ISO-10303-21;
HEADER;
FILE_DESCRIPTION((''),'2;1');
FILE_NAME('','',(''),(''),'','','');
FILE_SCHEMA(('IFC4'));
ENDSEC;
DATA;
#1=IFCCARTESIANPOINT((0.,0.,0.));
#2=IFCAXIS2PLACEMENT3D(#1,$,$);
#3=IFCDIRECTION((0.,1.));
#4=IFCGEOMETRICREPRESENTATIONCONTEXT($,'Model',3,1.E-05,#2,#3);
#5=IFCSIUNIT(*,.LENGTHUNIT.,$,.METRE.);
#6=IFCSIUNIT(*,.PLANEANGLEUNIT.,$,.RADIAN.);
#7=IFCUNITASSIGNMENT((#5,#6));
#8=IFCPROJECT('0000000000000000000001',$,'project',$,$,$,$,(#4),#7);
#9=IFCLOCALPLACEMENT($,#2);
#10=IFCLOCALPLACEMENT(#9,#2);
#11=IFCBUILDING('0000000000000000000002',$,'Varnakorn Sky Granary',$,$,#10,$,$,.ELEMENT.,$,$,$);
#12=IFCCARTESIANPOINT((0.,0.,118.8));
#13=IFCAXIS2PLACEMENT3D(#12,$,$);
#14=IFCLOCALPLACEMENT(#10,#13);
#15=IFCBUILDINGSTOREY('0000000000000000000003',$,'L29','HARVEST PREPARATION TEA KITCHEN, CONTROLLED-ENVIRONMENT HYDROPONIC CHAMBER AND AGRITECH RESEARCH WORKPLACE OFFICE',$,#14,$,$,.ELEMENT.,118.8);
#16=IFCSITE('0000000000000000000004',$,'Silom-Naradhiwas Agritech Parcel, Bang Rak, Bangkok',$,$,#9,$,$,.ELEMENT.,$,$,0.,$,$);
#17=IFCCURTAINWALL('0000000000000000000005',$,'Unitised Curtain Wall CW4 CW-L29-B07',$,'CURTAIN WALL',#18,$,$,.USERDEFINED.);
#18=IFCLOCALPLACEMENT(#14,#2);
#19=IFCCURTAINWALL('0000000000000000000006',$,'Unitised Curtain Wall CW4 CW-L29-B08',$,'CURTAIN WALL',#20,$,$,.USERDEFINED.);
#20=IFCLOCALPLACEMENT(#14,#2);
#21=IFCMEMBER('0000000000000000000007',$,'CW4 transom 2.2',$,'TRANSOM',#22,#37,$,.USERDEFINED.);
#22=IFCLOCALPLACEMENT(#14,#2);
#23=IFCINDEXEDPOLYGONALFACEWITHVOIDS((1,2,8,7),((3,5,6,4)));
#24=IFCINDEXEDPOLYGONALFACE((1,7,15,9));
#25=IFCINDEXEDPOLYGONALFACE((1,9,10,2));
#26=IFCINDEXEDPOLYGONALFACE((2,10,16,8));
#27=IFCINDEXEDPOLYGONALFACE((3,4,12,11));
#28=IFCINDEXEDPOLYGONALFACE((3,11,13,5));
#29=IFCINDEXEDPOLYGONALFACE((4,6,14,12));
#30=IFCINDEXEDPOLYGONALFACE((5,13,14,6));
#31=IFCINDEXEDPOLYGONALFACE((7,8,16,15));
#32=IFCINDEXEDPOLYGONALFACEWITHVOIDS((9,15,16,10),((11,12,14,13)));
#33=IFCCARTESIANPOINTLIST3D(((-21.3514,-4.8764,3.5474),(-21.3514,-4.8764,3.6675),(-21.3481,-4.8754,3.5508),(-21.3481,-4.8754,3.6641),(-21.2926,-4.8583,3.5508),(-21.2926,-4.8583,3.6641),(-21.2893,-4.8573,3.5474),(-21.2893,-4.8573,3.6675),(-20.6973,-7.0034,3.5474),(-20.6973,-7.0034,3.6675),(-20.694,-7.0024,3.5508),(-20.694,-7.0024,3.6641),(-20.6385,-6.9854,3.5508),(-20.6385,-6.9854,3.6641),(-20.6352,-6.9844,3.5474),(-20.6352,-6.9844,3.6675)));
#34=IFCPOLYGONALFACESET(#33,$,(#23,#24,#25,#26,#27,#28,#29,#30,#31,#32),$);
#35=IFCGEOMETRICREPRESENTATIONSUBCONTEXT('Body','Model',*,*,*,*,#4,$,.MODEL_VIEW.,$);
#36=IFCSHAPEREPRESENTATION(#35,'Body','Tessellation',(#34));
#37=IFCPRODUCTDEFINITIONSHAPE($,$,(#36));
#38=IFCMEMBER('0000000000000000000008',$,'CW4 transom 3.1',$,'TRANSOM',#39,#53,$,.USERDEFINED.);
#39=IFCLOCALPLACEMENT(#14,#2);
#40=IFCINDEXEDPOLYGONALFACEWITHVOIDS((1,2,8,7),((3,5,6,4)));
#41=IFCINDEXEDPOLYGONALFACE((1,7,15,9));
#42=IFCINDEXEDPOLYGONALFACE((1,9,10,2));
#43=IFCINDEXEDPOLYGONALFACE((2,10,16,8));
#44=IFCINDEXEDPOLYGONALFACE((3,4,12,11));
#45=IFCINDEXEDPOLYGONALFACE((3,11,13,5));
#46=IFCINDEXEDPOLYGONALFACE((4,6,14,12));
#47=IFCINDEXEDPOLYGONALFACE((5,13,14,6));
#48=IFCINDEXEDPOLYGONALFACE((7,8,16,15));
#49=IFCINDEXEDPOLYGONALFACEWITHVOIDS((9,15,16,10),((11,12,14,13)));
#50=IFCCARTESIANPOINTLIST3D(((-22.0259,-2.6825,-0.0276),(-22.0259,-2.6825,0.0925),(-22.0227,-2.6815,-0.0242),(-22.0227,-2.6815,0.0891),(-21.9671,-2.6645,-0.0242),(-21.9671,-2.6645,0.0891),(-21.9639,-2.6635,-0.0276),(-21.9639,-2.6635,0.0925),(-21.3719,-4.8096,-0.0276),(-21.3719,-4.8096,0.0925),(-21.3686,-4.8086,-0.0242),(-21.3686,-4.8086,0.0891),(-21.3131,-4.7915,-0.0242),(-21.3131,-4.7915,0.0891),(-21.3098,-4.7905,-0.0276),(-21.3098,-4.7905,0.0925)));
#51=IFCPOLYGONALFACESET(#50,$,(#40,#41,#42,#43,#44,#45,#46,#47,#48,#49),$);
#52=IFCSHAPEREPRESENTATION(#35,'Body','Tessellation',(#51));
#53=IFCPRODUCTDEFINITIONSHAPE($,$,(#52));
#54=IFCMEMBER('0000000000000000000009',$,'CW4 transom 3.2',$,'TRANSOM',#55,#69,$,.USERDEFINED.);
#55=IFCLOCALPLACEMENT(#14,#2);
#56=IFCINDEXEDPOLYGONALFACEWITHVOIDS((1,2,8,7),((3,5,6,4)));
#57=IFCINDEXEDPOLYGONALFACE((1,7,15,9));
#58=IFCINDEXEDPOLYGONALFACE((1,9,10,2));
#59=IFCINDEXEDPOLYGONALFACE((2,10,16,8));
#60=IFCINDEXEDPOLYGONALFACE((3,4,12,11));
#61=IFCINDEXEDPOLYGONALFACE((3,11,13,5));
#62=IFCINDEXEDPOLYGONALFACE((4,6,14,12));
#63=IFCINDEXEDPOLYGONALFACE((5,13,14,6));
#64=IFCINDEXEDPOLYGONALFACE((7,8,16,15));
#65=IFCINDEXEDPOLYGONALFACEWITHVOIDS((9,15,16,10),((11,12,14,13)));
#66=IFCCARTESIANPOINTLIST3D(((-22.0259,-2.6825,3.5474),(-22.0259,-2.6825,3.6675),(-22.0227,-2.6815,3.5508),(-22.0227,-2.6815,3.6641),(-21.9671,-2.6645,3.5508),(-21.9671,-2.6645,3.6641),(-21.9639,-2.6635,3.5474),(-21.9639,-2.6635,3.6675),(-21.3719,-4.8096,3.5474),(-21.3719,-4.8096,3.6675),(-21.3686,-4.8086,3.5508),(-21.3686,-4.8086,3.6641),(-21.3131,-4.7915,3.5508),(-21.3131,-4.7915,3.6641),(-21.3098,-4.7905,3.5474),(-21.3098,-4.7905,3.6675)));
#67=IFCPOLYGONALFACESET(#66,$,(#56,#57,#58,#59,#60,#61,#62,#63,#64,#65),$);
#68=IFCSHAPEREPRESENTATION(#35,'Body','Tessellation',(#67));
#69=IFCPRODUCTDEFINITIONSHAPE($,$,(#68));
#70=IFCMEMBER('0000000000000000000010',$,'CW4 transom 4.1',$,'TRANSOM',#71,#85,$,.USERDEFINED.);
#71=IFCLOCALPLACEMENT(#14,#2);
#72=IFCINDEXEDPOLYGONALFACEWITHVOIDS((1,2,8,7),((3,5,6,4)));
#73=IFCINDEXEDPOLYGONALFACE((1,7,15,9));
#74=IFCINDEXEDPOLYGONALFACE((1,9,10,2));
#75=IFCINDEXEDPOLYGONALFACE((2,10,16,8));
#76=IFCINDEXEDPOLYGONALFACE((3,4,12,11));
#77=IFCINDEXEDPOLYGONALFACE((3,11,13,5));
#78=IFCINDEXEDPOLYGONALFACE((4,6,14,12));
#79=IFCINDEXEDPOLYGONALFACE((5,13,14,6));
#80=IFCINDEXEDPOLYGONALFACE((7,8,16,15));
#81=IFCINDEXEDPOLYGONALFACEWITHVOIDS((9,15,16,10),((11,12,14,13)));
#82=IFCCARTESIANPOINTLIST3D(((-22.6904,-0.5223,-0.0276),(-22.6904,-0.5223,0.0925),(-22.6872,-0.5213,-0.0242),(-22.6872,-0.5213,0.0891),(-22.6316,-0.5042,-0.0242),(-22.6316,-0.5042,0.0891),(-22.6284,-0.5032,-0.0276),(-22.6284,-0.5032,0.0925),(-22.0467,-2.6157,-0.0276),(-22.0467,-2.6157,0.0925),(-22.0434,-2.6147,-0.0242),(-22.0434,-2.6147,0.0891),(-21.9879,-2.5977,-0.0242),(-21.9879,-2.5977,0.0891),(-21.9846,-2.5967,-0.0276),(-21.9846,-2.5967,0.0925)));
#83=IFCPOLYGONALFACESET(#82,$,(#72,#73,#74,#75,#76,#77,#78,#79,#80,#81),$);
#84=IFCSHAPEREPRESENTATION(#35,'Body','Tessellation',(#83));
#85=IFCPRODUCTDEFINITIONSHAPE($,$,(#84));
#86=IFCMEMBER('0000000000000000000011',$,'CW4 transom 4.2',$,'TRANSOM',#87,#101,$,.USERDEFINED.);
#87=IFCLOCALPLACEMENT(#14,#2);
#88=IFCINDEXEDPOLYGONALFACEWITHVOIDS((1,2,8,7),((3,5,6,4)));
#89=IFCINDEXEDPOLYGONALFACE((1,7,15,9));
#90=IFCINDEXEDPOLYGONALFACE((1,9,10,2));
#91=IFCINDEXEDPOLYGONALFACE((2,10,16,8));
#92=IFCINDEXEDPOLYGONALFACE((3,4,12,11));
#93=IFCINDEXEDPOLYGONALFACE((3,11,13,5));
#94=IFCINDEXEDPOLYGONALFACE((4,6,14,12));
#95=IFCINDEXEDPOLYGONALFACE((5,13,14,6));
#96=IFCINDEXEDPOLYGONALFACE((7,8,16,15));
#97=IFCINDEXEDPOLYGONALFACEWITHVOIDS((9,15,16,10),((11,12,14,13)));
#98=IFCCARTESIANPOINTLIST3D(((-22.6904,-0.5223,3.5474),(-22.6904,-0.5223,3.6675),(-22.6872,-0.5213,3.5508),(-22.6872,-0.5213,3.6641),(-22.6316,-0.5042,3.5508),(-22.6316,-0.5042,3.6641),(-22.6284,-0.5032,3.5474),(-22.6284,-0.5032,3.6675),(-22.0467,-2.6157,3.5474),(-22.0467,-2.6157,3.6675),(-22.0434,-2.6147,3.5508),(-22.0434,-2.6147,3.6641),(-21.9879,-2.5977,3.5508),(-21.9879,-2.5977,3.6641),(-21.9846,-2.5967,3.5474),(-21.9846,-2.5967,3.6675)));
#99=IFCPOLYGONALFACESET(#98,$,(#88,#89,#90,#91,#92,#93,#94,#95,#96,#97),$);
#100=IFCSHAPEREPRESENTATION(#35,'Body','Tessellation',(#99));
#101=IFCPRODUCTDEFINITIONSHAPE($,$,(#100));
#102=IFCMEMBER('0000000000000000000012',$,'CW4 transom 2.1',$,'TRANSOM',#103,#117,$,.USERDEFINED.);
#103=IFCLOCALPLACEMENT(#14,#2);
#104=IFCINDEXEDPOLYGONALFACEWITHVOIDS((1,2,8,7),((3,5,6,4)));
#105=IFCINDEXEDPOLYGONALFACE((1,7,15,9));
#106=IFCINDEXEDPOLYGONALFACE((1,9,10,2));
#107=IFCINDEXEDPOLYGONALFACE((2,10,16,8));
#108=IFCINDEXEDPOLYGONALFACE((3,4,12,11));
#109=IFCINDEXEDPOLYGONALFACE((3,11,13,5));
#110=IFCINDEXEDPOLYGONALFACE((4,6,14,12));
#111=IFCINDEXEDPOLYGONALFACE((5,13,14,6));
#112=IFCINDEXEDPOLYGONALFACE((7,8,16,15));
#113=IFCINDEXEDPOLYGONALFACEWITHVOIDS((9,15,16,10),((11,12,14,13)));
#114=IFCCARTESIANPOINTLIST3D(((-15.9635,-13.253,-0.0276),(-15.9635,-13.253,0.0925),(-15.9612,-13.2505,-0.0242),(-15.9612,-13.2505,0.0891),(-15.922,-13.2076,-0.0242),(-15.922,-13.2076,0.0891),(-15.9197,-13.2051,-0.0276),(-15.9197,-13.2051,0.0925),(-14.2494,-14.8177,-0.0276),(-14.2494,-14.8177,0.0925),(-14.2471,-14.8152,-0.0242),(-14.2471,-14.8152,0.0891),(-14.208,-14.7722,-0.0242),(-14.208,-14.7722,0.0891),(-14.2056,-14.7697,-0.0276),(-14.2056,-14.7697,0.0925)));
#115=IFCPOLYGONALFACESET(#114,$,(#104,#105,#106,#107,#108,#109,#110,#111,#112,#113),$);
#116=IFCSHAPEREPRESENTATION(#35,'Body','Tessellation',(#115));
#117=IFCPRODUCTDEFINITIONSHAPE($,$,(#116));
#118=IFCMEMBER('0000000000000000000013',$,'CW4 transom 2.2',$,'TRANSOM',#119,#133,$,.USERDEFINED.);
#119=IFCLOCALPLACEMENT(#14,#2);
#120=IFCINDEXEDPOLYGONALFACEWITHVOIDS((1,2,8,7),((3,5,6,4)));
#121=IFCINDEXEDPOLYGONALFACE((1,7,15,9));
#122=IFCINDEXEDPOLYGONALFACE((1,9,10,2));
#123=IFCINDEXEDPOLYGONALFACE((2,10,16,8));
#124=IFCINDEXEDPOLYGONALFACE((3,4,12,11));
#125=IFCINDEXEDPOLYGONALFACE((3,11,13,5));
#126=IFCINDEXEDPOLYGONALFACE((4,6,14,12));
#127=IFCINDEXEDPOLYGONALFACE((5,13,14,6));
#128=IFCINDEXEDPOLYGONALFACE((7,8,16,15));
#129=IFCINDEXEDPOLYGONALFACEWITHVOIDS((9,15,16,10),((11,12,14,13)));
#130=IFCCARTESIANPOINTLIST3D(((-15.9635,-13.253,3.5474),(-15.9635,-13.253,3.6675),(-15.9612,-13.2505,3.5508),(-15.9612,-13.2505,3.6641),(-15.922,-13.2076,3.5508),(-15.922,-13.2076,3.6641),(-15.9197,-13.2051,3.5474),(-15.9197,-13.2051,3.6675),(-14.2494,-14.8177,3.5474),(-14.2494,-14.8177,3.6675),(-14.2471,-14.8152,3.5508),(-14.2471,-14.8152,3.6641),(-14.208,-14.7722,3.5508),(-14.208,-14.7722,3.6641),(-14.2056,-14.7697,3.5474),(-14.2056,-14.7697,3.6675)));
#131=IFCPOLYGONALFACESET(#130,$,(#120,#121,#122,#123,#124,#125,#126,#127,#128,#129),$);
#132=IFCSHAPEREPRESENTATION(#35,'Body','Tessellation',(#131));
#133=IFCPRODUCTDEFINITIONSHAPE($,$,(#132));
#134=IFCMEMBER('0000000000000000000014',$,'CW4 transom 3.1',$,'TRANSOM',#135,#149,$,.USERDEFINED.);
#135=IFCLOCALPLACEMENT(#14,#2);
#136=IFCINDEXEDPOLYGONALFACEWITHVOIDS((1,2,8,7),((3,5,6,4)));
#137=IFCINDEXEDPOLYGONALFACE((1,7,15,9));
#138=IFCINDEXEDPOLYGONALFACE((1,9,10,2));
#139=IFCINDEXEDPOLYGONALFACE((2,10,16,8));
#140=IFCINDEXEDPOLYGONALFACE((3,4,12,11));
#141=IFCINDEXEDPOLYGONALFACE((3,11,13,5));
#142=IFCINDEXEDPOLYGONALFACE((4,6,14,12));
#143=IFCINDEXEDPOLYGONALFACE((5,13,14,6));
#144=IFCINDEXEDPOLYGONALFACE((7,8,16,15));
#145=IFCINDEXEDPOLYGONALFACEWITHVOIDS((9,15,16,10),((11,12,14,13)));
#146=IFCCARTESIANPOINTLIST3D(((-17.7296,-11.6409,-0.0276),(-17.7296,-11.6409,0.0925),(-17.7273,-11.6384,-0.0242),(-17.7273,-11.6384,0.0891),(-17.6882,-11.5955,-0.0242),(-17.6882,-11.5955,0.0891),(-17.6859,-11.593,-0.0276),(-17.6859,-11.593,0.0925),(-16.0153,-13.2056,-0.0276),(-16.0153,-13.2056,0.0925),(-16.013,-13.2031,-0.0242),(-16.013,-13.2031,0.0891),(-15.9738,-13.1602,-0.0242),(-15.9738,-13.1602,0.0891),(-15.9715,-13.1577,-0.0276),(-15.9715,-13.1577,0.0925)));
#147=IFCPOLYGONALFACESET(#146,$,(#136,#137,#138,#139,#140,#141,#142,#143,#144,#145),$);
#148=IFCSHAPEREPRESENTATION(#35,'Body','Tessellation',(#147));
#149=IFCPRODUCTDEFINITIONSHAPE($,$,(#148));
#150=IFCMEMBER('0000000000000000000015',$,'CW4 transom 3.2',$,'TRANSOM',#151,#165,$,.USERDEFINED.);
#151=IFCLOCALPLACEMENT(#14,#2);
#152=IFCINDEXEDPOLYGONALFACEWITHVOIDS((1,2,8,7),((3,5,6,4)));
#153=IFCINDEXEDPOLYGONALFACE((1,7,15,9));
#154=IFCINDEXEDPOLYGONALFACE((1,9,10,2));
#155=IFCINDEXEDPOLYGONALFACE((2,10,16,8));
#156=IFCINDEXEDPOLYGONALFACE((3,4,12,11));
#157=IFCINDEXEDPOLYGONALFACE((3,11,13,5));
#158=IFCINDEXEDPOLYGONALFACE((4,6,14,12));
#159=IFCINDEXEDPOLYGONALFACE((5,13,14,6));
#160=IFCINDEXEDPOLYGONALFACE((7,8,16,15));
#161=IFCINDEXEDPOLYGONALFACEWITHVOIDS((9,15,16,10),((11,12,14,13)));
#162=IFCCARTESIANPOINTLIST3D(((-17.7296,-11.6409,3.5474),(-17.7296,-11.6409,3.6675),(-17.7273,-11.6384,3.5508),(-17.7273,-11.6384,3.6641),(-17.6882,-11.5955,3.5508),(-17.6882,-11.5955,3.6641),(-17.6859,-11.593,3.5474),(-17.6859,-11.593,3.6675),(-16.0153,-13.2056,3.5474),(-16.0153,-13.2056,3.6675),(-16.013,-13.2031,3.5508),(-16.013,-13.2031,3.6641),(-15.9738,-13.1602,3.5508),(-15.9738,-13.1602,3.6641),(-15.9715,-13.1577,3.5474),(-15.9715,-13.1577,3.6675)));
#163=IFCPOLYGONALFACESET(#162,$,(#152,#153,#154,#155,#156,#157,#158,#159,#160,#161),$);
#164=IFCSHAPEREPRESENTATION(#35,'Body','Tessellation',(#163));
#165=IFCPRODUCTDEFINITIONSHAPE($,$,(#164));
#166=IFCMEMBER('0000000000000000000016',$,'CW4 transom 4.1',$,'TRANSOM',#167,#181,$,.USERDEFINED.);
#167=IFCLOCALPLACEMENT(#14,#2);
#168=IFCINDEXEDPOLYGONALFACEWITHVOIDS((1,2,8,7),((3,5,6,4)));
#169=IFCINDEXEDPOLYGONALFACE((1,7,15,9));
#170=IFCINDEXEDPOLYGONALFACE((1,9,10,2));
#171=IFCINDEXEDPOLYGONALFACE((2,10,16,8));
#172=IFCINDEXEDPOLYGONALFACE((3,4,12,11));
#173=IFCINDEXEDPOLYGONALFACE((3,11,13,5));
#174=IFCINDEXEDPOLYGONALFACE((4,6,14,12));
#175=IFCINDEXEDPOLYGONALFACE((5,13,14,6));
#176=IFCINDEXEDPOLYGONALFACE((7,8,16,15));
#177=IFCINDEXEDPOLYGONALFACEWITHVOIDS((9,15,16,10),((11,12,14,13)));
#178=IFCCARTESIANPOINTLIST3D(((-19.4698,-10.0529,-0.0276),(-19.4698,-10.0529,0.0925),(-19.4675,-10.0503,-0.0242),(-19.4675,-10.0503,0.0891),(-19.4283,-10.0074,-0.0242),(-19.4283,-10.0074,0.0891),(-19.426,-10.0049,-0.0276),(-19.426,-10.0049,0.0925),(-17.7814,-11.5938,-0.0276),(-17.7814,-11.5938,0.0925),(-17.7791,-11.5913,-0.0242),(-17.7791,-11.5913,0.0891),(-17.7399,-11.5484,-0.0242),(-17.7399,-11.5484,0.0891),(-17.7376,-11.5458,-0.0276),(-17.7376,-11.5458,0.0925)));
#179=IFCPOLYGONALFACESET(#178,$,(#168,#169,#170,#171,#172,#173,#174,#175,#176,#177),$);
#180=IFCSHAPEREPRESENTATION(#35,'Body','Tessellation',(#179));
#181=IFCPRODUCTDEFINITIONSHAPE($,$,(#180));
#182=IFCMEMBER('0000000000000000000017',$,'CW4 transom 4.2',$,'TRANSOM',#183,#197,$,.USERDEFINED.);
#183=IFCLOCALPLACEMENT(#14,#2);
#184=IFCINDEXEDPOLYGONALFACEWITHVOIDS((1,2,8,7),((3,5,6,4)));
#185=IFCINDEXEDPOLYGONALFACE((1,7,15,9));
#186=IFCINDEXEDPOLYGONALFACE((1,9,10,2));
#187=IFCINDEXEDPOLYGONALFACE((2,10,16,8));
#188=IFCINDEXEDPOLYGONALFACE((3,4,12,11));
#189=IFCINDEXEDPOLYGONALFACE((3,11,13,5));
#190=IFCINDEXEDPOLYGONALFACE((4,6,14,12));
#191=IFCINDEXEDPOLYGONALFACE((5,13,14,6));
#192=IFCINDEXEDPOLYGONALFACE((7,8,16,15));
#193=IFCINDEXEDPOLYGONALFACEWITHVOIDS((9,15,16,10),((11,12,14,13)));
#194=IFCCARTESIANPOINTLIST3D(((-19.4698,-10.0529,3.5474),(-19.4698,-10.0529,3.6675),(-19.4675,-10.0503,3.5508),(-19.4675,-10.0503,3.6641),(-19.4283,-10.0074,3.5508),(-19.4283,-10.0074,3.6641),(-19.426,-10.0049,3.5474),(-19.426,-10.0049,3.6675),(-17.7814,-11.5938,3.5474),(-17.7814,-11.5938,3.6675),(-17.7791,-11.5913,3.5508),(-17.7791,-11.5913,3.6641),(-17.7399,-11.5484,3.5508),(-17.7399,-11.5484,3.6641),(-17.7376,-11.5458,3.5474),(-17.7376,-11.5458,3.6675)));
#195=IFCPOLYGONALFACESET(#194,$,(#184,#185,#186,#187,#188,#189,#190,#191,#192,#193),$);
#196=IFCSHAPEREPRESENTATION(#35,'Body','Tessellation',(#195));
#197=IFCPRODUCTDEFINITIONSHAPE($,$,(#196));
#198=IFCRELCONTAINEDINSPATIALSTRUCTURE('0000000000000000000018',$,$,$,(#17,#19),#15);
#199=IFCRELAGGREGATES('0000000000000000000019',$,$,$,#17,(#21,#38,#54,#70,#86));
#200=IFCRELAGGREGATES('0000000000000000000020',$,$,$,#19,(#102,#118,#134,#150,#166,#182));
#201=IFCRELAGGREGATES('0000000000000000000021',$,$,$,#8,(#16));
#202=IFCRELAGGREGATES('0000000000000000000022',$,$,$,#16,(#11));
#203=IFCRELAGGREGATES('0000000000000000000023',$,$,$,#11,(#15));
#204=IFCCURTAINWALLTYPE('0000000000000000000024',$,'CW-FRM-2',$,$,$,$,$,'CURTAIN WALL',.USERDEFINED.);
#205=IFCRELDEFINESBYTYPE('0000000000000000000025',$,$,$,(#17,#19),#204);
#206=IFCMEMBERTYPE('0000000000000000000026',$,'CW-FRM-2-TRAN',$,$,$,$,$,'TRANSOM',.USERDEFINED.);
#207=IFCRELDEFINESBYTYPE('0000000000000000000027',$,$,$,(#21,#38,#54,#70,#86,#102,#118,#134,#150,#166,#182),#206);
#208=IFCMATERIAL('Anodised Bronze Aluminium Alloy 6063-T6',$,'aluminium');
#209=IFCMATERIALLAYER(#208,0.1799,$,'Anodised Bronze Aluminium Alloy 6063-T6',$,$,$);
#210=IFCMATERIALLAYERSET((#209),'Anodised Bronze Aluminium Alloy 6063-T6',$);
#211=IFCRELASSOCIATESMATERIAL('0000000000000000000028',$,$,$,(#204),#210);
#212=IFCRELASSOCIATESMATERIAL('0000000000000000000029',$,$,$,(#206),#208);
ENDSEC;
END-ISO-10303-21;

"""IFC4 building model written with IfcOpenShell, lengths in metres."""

from ifc_helpers import new_model, si_unit, direction, frame, origin, origin_2d, place, context, subcontext, project, spatial, hollow_rectangle, extrude, material, layer, layer_set, material_profile, profile_set, type_object, element, aggregate, save


model = new_model("IFC4")

# Units and contexts
model_context = context("Model", 3, precision=1e-05, world=origin(), true_north=direction((0.0, 1.0)))
body_context = subcontext(model_context, "Body", "Model", "MODEL_VIEW")
ifc_project = project(units=[si_unit("LENGTHUNIT", "METRE"), si_unit("PLANEANGLEUNIT", "RADIAN")], contexts=[model_context])

# Site, building, storey
site_placement = place(None, origin())
site = spatial("IfcSite", under=ifc_project, at=site_placement, Name="Silom-Naradhiwas Agritech Parcel, Bang Rak, Bangkok", CompositionType="ELEMENT", RefElevation=0.0)
building_placement = place(site_placement, origin())
building = spatial("IfcBuilding", under=site, at=building_placement, Name="Varnakorn Sky Granary", CompositionType="ELEMENT")
storey_placement = place(building_placement, frame((0.0, 0.0, 118.8)))
storey = spatial("IfcBuildingStorey", under=building, at=storey_placement, Name="L29", Description="HARVEST PREPARATION TEA KITCHEN, CONTROLLED-ENVIRONMENT HYDROPONIC CHAMBER AND AGRITECH RESEARCH WORKPLACE OFFICE", CompositionType="ELEMENT", Elevation=118.8)

# Curtain walls
ifc_material_1 = material(Name="Anodised Bronze Aluminium Alloy 6063-T6", Category="aluminium")
ifc_layer_1 = layer(ifc_material_1, 0.1799, Name="Anodised Bronze Aluminium Alloy 6063-T6")
ifc_layer_set_1 = layer_set([ifc_layer_1], Name="Anodised Bronze Aluminium Alloy 6063-T6")
curtain_wall_type = type_object("IfcCurtainWallType", Name="CW-FRM-2", ElementType="CURTAIN WALL", PredefinedType="USERDEFINED", material=ifc_layer_set_1)
curtain_wall_1_placement = place(storey_placement, origin())
curtain_wall_1 = element("IfcCurtainWall", 1, at=curtain_wall_1_placement, inside=storey, type_object=curtain_wall_type, Name="Unitised Curtain Wall CW4 CW-L29-B07", ObjectType="CURTAIN WALL", PredefinedType="USERDEFINED")
curtain_wall_2_placement = place(storey_placement, origin())
curtain_wall_2 = element("IfcCurtainWall", 2, at=curtain_wall_2_placement, inside=storey, type_object=curtain_wall_type, Name="Unitised Curtain Wall CW4 CW-L29-B08", ObjectType="CURTAIN WALL", PredefinedType="USERDEFINED")

# Members
ifc_material_profile_1 = material_profile(ifc_material_1, hollow_rectangle(XDim=0.0649, YDim=0.1201, WallThickness=0.0034, at=origin_2d()), Name="ALU TRAN 65x120")
ifc_profile_set_1 = profile_set([ifc_material_profile_1], Name="Anodised Bronze Aluminium Alloy 6063-T6")
member_type_1 = type_object("IfcMemberType", Name="CW-FRM-2-TRAN", ElementType="TRANSOM", PredefinedType="USERDEFINED", material=ifc_profile_set_1)
member_1_placement = place(storey_placement, frame((-20.6663, -6.9939, 3.6074), z_axis=(-0.293924, 0.955829, 0.0), x_axis=(-0.955829, -0.293924, 0.0)))
member_1 = element("IfcMember", 3, at=member_1_placement, type_object=member_type_1, Name="CW4 transom 2.2", ObjectType="TRANSOM", PredefinedType="USERDEFINED", context=body_context, shape_type="SweptSolid", body=[
    extrude(hollow_rectangle(XDim=0.0649, YDim=0.1201, WallThickness=0.0034, at=origin_2d()), origin(), (0.0, 0.0, 1.0), 2.2253),
])
member_2_placement = place(storey_placement, frame((-21.3408, -4.8, 0.0325), z_axis=(-0.293924, 0.955829, 0.0), x_axis=(-0.955829, -0.293924, 0.0)))
member_2 = element("IfcMember", 4, at=member_2_placement, type_object=member_type_1, Name="CW4 transom 3.1", ObjectType="TRANSOM", PredefinedType="USERDEFINED", context=body_context, shape_type="SweptSolid", body=[
    extrude(hollow_rectangle(XDim=0.0649, YDim=0.1201, WallThickness=0.0034, at=origin_2d()), origin(), (0.0, 0.0, 1.0), 2.2253),
])
member_3_placement = place(storey_placement, frame((-21.3408, -4.8, 3.6074), z_axis=(-0.293924, 0.955829, 0.0), x_axis=(-0.955829, -0.293924, 0.0)))
member_3 = element("IfcMember", 5, at=member_3_placement, type_object=member_type_1, Name="CW4 transom 3.2", ObjectType="TRANSOM", PredefinedType="USERDEFINED", context=body_context, shape_type="SweptSolid", body=[
    extrude(hollow_rectangle(XDim=0.0649, YDim=0.1201, WallThickness=0.0034, at=origin_2d()), origin(), (0.0, 0.0, 1.0), 2.2253),
])
member_4_placement = place(storey_placement, frame((-22.0156, -2.6062, 0.0325), z_axis=(-0.293937, 0.955825, 0.0), x_axis=(-0.955825, -0.293937, 0.0)))
member_4 = element("IfcMember", 6, at=member_4_placement, type_object=member_type_1, Name="CW4 transom 4.1", ObjectType="TRANSOM", PredefinedType="USERDEFINED", context=body_context, shape_type="SweptSolid", body=[
    extrude(hollow_rectangle(XDim=0.0649, YDim=0.1201, WallThickness=0.0034, at=origin_2d()), origin(), (0.0, 0.0, 1.0), 2.1902),
])
member_5_placement = place(storey_placement, frame((-22.0156, -2.6062, 3.6074), z_axis=(-0.293937, 0.955825, 0.0), x_axis=(-0.955825, -0.293937, 0.0)))
member_5 = element("IfcMember", 7, at=member_5_placement, type_object=member_type_1, Name="CW4 transom 4.2", ObjectType="TRANSOM", PredefinedType="USERDEFINED", context=body_context, shape_type="SweptSolid", body=[
    extrude(hollow_rectangle(XDim=0.0649, YDim=0.1201, WallThickness=0.0034, at=origin_2d()), origin(), (0.0, 0.0, 1.0), 2.1902),
])
member_6_placement = place(storey_placement, frame((-14.2275, -14.7937, 0.0325), z_axis=(-0.738563, 0.674185, 0.0), x_axis=(-0.674185, -0.738563, 0.0)))
member_6 = element("IfcMember", 8, at=member_6_placement, type_object=member_type_1, Name="CW4 transom 2.1", ObjectType="TRANSOM", PredefinedType="USERDEFINED", context=body_context, shape_type="SweptSolid", body=[
    extrude(hollow_rectangle(XDim=0.0649, YDim=0.1201, WallThickness=0.0034, at=origin_2d()), origin(), (0.0, 0.0, 1.0), 2.3208),
])
member_7_placement = place(storey_placement, frame((-14.2275, -14.7937, 3.6074), z_axis=(-0.738563, 0.674185, 0.0), x_axis=(-0.674185, -0.738563, 0.0)))
member_7 = element("IfcMember", 9, at=member_7_placement, type_object=member_type_1, Name="CW4 transom 2.2", ObjectType="TRANSOM", PredefinedType="USERDEFINED", context=body_context, shape_type="SweptSolid", body=[
    extrude(hollow_rectangle(XDim=0.0649, YDim=0.1201, WallThickness=0.0034, at=origin_2d()), origin(), (0.0, 0.0, 1.0), 2.3208),
])
member_8_placement = place(storey_placement, frame((-15.9934, -13.1816, 0.0325), z_axis=(-0.738611, 0.674132, 0.0), x_axis=(-0.674132, -0.738611, 0.0)))
member_8 = element("IfcMember", 10, at=member_8_placement, type_object=member_type_1, Name="CW4 transom 3.1", ObjectType="TRANSOM", PredefinedType="USERDEFINED", context=body_context, shape_type="SweptSolid", body=[
    extrude(hollow_rectangle(XDim=0.0649, YDim=0.1201, WallThickness=0.0034, at=origin_2d()), origin(), (0.0, 0.0, 1.0), 2.321),
])
member_9_placement = place(storey_placement, frame((-15.9934, -13.1816, 3.6074), z_axis=(-0.738611, 0.674132, 0.0), x_axis=(-0.674132, -0.738611, 0.0)))
member_9 = element("IfcMember", 11, at=member_9_placement, type_object=member_type_1, Name="CW4 transom 3.2", ObjectType="TRANSOM", PredefinedType="USERDEFINED", context=body_context, shape_type="SweptSolid", body=[
    extrude(hollow_rectangle(XDim=0.0649, YDim=0.1201, WallThickness=0.0034, at=origin_2d()), origin(), (0.0, 0.0, 1.0), 2.321),
])
member_10_placement = place(storey_placement, frame((-17.7595, -11.5698, 0.0325), z_axis=(-0.738624, 0.674117, 0.0), x_axis=(-0.674117, -0.738624, 0.0)))
member_10 = element("IfcMember", 12, at=member_10_placement, type_object=member_type_1, Name="CW4 transom 4.1", ObjectType="TRANSOM", PredefinedType="USERDEFINED", context=body_context, shape_type="SweptSolid", body=[
    extrude(hollow_rectangle(XDim=0.0649, YDim=0.1201, WallThickness=0.0034, at=origin_2d()), origin(), (0.0, 0.0, 1.0), 2.2859),
])
member_11_placement = place(storey_placement, frame((-17.7595, -11.5698, 3.6074), z_axis=(-0.738624, 0.674117, 0.0), x_axis=(-0.674117, -0.738624, 0.0)))
member_11 = element("IfcMember", 13, at=member_11_placement, type_object=member_type_1, Name="CW4 transom 4.2", ObjectType="TRANSOM", PredefinedType="USERDEFINED", context=body_context, shape_type="SweptSolid", body=[
    extrude(hollow_rectangle(XDim=0.0649, YDim=0.1201, WallThickness=0.0034, at=origin_2d()), origin(), (0.0, 0.0, 1.0), 2.2859),
])

aggregate(curtain_wall_1, [member_1, member_2, member_3, member_4, member_5])
aggregate(curtain_wall_2, [member_6, member_7, member_8, member_9, member_10, member_11])

save(model, "model.ifc")
